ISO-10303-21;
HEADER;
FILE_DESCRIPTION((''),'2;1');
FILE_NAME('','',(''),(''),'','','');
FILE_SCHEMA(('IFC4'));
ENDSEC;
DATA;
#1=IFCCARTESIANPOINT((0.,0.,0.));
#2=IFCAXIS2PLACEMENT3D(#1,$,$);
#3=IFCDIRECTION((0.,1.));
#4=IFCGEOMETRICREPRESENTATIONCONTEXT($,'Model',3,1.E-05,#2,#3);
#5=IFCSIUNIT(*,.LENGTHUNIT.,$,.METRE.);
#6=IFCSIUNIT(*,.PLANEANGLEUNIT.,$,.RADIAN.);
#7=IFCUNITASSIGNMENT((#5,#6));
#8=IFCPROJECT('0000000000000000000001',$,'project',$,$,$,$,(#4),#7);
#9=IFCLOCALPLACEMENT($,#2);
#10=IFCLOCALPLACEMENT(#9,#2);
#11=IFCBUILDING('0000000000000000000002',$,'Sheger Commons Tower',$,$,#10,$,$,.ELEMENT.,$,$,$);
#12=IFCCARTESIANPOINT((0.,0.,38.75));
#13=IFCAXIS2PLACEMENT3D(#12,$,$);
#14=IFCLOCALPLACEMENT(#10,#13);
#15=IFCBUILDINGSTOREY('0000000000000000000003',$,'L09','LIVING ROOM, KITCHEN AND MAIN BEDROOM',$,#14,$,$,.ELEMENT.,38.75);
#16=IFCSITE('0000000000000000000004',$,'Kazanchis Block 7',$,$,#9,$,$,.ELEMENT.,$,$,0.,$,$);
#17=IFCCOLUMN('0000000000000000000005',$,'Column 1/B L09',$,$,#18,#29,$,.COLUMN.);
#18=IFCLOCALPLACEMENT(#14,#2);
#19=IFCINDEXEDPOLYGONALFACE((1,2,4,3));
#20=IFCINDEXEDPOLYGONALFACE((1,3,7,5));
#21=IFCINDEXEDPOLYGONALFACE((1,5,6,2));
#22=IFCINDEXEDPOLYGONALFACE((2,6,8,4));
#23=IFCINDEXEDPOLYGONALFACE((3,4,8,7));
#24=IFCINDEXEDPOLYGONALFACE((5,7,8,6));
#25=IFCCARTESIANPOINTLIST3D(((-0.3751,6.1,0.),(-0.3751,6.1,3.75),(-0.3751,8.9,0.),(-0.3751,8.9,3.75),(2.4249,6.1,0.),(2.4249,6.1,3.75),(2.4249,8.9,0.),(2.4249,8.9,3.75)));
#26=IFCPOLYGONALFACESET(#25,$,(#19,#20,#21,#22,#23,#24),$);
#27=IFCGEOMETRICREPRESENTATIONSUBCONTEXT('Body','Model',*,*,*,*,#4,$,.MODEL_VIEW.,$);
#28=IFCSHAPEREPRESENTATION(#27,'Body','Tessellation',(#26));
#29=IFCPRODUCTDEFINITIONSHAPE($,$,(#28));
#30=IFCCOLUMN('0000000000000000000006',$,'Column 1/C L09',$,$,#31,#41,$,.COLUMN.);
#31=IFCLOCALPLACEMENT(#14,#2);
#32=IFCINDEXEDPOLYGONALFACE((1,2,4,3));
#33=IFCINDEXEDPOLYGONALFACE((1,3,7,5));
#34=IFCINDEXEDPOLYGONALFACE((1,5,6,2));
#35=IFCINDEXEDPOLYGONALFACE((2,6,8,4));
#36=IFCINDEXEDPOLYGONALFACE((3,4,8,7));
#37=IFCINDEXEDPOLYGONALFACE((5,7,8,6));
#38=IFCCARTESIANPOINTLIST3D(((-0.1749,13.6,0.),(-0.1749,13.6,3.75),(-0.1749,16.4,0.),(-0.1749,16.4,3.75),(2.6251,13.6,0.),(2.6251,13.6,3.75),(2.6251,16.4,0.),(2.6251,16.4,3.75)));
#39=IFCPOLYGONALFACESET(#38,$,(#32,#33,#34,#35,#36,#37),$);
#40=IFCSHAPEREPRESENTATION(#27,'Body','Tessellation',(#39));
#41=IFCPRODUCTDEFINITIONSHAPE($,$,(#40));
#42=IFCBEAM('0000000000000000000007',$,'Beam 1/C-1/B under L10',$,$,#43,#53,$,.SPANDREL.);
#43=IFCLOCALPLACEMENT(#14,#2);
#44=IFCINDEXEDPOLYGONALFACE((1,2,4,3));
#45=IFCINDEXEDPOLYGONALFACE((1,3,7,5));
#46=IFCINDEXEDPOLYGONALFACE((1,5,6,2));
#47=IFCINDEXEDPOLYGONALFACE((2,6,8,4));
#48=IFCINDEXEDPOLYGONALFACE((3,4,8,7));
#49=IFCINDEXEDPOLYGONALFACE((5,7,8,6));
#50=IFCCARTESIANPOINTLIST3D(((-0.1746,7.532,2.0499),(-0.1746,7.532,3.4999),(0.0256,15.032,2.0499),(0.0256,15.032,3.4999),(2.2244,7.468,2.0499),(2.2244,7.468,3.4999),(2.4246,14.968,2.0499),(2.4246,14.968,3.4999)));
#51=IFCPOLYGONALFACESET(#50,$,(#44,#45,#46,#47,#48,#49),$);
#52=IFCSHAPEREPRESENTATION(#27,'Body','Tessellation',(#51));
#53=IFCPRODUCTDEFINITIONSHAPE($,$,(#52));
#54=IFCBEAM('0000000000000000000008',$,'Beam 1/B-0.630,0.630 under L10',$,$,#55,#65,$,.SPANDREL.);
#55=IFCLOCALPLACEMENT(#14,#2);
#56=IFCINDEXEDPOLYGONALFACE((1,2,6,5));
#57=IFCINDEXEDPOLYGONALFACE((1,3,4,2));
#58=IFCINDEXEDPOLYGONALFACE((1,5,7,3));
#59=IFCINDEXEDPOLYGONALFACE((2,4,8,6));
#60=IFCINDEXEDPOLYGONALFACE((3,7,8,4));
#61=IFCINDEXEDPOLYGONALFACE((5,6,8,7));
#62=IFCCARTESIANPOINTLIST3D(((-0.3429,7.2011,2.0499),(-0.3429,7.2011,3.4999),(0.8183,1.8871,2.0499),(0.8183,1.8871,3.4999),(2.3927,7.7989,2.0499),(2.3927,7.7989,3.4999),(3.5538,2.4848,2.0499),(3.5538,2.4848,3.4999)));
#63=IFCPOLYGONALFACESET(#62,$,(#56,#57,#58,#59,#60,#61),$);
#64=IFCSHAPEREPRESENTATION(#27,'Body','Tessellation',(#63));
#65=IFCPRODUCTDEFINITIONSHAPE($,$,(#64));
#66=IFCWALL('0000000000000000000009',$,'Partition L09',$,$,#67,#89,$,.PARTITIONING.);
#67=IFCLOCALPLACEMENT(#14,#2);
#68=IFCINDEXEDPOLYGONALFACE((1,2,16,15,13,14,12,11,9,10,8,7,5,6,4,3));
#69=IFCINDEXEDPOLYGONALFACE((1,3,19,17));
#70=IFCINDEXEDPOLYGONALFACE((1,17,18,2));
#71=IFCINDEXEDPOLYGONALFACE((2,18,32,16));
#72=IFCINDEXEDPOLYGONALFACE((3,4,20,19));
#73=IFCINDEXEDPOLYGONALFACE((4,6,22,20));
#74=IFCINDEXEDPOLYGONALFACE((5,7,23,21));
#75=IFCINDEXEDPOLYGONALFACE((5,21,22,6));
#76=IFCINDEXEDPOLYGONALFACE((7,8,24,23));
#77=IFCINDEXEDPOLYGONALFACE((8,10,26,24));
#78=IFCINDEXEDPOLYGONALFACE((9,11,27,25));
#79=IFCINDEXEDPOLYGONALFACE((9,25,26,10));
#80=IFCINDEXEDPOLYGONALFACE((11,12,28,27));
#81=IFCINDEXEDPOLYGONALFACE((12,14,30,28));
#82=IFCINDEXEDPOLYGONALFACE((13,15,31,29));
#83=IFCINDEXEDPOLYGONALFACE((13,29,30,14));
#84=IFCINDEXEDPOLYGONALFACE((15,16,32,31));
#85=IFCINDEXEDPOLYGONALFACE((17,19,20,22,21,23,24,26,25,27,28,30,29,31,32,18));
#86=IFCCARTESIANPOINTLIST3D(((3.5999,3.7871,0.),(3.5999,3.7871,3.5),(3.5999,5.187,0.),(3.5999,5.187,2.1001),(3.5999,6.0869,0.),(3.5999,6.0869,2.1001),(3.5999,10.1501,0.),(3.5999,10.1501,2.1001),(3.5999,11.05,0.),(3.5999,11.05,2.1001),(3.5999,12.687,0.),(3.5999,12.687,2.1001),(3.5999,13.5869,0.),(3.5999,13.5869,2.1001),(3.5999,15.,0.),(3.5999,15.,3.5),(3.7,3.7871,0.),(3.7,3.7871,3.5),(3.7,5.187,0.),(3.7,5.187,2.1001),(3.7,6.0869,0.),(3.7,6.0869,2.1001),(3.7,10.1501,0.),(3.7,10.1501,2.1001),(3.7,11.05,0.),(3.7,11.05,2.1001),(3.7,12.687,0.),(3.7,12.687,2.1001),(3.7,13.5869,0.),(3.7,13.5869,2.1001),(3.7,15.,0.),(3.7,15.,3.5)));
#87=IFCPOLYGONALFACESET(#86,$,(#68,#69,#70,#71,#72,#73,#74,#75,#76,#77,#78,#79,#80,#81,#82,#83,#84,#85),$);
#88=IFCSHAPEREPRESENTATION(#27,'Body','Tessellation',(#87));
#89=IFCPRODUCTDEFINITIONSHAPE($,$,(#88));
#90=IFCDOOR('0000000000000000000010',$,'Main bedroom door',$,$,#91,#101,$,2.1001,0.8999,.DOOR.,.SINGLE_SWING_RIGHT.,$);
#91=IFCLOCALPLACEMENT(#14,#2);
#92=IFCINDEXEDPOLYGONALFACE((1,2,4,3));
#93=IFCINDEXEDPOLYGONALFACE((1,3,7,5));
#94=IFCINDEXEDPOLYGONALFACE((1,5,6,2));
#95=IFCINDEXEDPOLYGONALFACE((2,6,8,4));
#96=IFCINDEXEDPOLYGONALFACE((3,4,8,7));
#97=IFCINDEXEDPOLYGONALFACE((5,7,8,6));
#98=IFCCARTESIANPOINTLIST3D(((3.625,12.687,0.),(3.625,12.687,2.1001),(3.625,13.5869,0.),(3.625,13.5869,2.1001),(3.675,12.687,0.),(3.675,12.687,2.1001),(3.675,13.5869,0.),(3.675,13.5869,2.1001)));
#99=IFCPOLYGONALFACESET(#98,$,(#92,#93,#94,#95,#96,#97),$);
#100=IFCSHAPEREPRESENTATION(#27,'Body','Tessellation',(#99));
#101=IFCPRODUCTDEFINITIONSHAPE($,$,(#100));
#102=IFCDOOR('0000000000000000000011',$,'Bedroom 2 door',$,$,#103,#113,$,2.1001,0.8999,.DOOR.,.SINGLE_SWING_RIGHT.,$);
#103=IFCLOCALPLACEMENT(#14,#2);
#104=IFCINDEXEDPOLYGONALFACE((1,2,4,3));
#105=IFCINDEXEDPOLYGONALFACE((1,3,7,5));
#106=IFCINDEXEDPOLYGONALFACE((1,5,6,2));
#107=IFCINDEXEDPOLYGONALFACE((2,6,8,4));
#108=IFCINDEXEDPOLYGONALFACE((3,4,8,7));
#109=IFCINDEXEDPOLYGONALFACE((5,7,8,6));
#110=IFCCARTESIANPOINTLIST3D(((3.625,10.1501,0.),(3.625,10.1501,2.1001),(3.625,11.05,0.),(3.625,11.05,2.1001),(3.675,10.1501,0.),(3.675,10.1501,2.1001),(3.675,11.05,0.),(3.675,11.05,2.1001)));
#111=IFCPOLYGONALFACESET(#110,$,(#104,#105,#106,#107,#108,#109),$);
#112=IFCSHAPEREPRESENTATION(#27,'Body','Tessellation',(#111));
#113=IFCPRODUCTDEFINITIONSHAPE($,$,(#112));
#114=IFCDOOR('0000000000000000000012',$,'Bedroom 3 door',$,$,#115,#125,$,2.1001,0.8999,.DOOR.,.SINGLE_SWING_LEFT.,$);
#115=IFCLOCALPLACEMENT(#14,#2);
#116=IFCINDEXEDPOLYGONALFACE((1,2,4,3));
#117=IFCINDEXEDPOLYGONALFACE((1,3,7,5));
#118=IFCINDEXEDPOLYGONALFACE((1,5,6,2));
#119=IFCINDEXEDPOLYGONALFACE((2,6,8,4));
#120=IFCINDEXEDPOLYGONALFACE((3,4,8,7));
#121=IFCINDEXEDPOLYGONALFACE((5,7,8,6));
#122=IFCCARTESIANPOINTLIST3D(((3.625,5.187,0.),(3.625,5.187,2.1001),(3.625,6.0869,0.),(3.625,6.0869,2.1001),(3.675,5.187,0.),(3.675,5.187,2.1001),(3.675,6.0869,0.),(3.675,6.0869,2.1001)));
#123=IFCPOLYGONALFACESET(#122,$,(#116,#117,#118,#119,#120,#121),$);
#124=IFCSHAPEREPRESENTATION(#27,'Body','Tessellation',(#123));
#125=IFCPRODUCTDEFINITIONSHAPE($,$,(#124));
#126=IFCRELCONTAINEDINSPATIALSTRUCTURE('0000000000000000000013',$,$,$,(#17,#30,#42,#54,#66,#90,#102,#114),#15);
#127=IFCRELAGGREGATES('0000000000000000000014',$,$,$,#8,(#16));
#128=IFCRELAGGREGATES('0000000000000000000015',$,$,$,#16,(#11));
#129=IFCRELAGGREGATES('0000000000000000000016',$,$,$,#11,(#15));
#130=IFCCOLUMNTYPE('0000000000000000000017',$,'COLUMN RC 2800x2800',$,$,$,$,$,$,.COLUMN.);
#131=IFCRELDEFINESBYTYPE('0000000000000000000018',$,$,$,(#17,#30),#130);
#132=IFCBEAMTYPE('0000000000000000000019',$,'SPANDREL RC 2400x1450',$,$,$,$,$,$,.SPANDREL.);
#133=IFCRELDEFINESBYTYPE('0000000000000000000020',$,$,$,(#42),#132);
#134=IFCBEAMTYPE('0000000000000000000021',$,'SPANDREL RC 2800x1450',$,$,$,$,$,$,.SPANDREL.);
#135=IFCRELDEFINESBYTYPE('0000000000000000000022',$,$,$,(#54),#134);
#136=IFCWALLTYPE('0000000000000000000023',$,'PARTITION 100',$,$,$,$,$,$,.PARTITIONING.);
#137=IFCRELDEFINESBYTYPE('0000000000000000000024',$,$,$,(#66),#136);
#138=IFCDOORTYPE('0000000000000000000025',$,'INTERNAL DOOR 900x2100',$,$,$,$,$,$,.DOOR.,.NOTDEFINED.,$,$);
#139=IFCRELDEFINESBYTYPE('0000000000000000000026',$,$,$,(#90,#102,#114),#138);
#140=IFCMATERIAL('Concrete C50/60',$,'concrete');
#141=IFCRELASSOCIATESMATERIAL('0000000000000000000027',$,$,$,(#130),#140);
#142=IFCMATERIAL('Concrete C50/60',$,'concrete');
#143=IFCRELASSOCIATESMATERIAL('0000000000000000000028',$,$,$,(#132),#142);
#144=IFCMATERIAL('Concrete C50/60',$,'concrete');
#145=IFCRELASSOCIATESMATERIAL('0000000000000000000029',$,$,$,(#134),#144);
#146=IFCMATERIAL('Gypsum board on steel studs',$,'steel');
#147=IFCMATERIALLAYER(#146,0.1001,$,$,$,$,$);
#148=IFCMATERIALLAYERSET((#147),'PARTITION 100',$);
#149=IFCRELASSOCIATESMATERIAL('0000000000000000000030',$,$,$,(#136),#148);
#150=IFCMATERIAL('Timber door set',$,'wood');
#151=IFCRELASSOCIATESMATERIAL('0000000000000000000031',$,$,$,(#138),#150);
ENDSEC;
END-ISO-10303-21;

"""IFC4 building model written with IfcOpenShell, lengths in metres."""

from ifc_helpers import new_model, si_unit, direction, frame, frame_2d, origin, origin_2d, place, context, subcontext, project, spatial, rectangle, extrude, material, layer, layer_set, material_profile, profile_set, type_object, element, fill, save


model = new_model("IFC4")

# Units and contexts
model_context = context("Model", 3, precision=1e-05, world=origin(), true_north=direction((0.0, 1.0)))
body_context = subcontext(model_context, "Body", "Model", "MODEL_VIEW")
ifc_project = project(units=[si_unit("LENGTHUNIT", "METRE"), si_unit("PLANEANGLEUNIT", "RADIAN")], contexts=[model_context])

# Site, building, storey
site_placement = place(None, origin())
site = spatial("IfcSite", under=ifc_project, at=site_placement, Name="Kazanchis Block 7", CompositionType="ELEMENT", RefElevation=0.0)
building_placement = place(site_placement, origin())
building = spatial("IfcBuilding", under=site, at=building_placement, Name="Sheger Commons Tower", CompositionType="ELEMENT")
storey_placement = place(building_placement, frame((0.0, 0.0, 38.75)))
storey = spatial("IfcBuildingStorey", under=building, at=storey_placement, Name="L09", Description="LIVING ROOM, KITCHEN AND MAIN BEDROOM", CompositionType="ELEMENT", Elevation=38.75)

# Columns
ifc_material_1 = material(Name="Concrete C50/60", Category="concrete")
ifc_material_profile_1 = material_profile(ifc_material_1, rectangle(XDim=2.8, YDim=2.8, at=origin_2d()), Name="RC 2800x2800")
ifc_profile_set_1 = profile_set([ifc_material_profile_1], Name="Concrete C50/60")
column_type = type_object("IfcColumnType", Name="COLUMN RC 2800x2800", PredefinedType="COLUMN", material=ifc_profile_set_1)
for number, where, z_axis, x_axis, name in (
    (1, (1.0249, 7.5, 0.0), (0.0, 0.0, 1.0), (1.0, 0.0, 0.0), "Column 1/B L09"),
    (2, (1.2251, 15.0, 0.0), (0.0, 0.0, 1.0), (1.0, 0.0, 0.0), "Column 1/C L09"),
):
    element("IfcColumn", number, at=place(storey_placement, frame(where, z_axis=z_axis, x_axis=x_axis)), inside=storey, type_object=column_type, Name=name, PredefinedType="COLUMN", context=body_context, shape_type="SweptSolid", body=[
        extrude(rectangle(XDim=2.8, YDim=2.8, at=origin_2d()), origin(), (0.0, 0.0, 1.0), 3.75),
    ])

# Beams
ifc_material_2 = material(Name="Concrete C50/60", Category="concrete")
ifc_material_profile_2 = material_profile(ifc_material_2, rectangle(XDim=2.3999, YDim=1.45, at=origin_2d()), Name="RC 2400x1450")
ifc_profile_set_2 = profile_set([ifc_material_profile_2], Name="Concrete C50/60")
beam_type_1 = type_object("IfcBeamType", Name="SPANDREL RC 2400x1450", PredefinedType="SPANDREL", material=ifc_profile_set_2)
beam_1_placement = place(storey_placement, frame((1.2251, 15.0, 2.7749), z_axis=(-0.026683, -0.999644, 0.0), x_axis=(0.999644, -0.026683, 0.0)))
element("IfcBeam", 3, at=beam_1_placement, inside=storey, type_object=beam_type_1, Name="Beam 1/C-1/B under L10", PredefinedType="SPANDREL", context=body_context, shape_type="SweptSolid", body=[
    extrude(rectangle(XDim=2.3999, YDim=1.45, at=origin_2d()), origin(), (0.0, 0.0, 1.0), 7.5027),
])
ifc_material_3 = material(Name="Concrete C50/60", Category="concrete")
ifc_material_profile_3 = material_profile(ifc_material_3, rectangle(XDim=2.8, YDim=1.45, at=origin_2d()), Name="RC 2800x1450")
ifc_profile_set_3 = profile_set([ifc_material_profile_3], Name="Concrete C50/60")
beam_type_2 = type_object("IfcBeamType", Name="SPANDREL RC 2800x1450", PredefinedType="SPANDREL", material=ifc_profile_set_3)
beam_2_placement = place(storey_placement, frame((1.0249, 7.5, 2.7749), z_axis=(0.213469, -0.97695, 0.0), x_axis=(0.97695, 0.213469, 0.0)))
element("IfcBeam", 4, at=beam_2_placement, inside=storey, type_object=beam_type_2, Name="Beam 1/B-0.630,0.630 under L10", PredefinedType="SPANDREL", context=body_context, shape_type="SweptSolid", body=[
    extrude(rectangle(XDim=2.8, YDim=1.45, at=origin_2d()), origin(), (0.0, 0.0, 1.0), 5.4395),
])

# Wall, openings, doors
ifc_material_4 = material(Name="Gypsum board on steel studs", Category="steel")
ifc_layer = layer(ifc_material_4, 0.1001)
ifc_layer_set = layer_set([ifc_layer], Name="PARTITION 100")
wall_type = type_object("IfcWallType", Name="PARTITION 100", PredefinedType="PARTITIONING", material=ifc_layer_set)
wall_1_placement = place(storey_placement, frame((3.6499, 3.7871, 0.0), z_axis=(0.0, 0.0, 1.0), x_axis=(0.0, 1.0, 0.0)))
wall_1 = element("IfcWall", 5, at=wall_1_placement, inside=storey, type_object=wall_type, Name="Partition L09", PredefinedType="PARTITIONING", context=body_context, shape_type="SweptSolid", body=[
    extrude(rectangle(XDim=11.2129, YDim=0.1001, at=frame_2d((5.6064, 0.0))), origin(), (0.0, 0.0, 1.0), 3.5),
])
opening_1_placement = place(wall_1_placement, frame((8.8999, 0.0, 0.0)))
opening_1 = element("IfcOpeningElement", 6, at=opening_1_placement, cuts=wall_1, PredefinedType="OPENING", context=body_context, shape_type="SweptSolid", body=[
    extrude(rectangle(XDim=0.8999, YDim=2.1001, at=frame_2d((0.45, 1.05))), frame((0.0, 0.0601, 0.0), z_axis=(0.0, -1.0, 0.0), x_axis=(1.0, 0.0, 0.0)), (0.0, 0.0, 1.0), 0.1201),
])
opening_2_placement = place(wall_1_placement, frame((6.363, 0.0, 0.0)))
opening_2 = element("IfcOpeningElement", 7, at=opening_2_placement, cuts=wall_1, PredefinedType="OPENING", context=body_context, shape_type="SweptSolid", body=[
    extrude(rectangle(XDim=0.8999, YDim=2.1001, at=frame_2d((0.45, 1.05))), frame((0.0, 0.0601, 0.0), z_axis=(0.0, -1.0, 0.0), x_axis=(1.0, 0.0, 0.0)), (0.0, 0.0, 1.0), 0.1201),
])
opening_3_placement = place(wall_1_placement, frame((1.3999, 0.0, 0.0)))
opening_3 = element("IfcOpeningElement", 8, at=opening_3_placement, cuts=wall_1, PredefinedType="OPENING", context=body_context, shape_type="SweptSolid", body=[
    extrude(rectangle(XDim=0.8999, YDim=2.1001, at=frame_2d((0.45, 1.05))), frame((0.0, 0.0601, 0.0), z_axis=(0.0, -1.0, 0.0), x_axis=(1.0, 0.0, 0.0)), (0.0, 0.0, 1.0), 0.1201),
])
ifc_material_5 = material(Name="Timber door set", Category="wood")
door_type = type_object("IfcDoorType", Name="INTERNAL DOOR 900x2100", OperationType="NOTDEFINED", PredefinedType="DOOR", material=ifc_material_5)
door_1_placement = place(opening_1_placement, origin())
door_1 = element("IfcDoor", 9, at=door_1_placement, inside=storey, type_object=door_type, Name="Main bedroom door", OperationType="SINGLE_SWING_RIGHT", OverallHeight=2.1001, OverallWidth=0.8999, PredefinedType="DOOR", context=body_context, shape_type="SweptSolid", body=[
    extrude(rectangle(XDim=0.8999, YDim=2.1001, at=frame_2d((0.45, 1.05))), frame((0.0, 0.0249, 0.0), z_axis=(0.0, -1.0, 0.0), x_axis=(1.0, 0.0, 0.0)), (0.0, 0.0, 1.0), 0.05),
])
fill(opening_1, door_1)
door_2_placement = place(opening_2_placement, origin())
door_2 = element("IfcDoor", 10, at=door_2_placement, inside=storey, type_object=door_type, Name="Bedroom 2 door", OperationType="SINGLE_SWING_RIGHT", OverallHeight=2.1001, OverallWidth=0.8999, PredefinedType="DOOR", context=body_context, shape_type="SweptSolid", body=[
    extrude(rectangle(XDim=0.8999, YDim=2.1001, at=frame_2d((0.45, 1.05))), frame((0.0, 0.0249, 0.0), z_axis=(0.0, -1.0, 0.0), x_axis=(1.0, 0.0, 0.0)), (0.0, 0.0, 1.0), 0.05),
])
fill(opening_2, door_2)
door_3_placement = place(opening_3_placement, origin())
door_3 = element("IfcDoor", 11, at=door_3_placement, inside=storey, type_object=door_type, Name="Bedroom 3 door", OperationType="SINGLE_SWING_LEFT", OverallHeight=2.1001, OverallWidth=0.8999, PredefinedType="DOOR", context=body_context, shape_type="SweptSolid", body=[
    extrude(rectangle(XDim=0.8999, YDim=2.1001, at=frame_2d((0.45, 1.05))), frame((0.0, 0.0249, 0.0), z_axis=(0.0, -1.0, 0.0), x_axis=(1.0, 0.0, 0.0)), (0.0, 0.0, 1.0), 0.05),
])
fill(opening_3, door_3)

save(model, "model.ifc")
